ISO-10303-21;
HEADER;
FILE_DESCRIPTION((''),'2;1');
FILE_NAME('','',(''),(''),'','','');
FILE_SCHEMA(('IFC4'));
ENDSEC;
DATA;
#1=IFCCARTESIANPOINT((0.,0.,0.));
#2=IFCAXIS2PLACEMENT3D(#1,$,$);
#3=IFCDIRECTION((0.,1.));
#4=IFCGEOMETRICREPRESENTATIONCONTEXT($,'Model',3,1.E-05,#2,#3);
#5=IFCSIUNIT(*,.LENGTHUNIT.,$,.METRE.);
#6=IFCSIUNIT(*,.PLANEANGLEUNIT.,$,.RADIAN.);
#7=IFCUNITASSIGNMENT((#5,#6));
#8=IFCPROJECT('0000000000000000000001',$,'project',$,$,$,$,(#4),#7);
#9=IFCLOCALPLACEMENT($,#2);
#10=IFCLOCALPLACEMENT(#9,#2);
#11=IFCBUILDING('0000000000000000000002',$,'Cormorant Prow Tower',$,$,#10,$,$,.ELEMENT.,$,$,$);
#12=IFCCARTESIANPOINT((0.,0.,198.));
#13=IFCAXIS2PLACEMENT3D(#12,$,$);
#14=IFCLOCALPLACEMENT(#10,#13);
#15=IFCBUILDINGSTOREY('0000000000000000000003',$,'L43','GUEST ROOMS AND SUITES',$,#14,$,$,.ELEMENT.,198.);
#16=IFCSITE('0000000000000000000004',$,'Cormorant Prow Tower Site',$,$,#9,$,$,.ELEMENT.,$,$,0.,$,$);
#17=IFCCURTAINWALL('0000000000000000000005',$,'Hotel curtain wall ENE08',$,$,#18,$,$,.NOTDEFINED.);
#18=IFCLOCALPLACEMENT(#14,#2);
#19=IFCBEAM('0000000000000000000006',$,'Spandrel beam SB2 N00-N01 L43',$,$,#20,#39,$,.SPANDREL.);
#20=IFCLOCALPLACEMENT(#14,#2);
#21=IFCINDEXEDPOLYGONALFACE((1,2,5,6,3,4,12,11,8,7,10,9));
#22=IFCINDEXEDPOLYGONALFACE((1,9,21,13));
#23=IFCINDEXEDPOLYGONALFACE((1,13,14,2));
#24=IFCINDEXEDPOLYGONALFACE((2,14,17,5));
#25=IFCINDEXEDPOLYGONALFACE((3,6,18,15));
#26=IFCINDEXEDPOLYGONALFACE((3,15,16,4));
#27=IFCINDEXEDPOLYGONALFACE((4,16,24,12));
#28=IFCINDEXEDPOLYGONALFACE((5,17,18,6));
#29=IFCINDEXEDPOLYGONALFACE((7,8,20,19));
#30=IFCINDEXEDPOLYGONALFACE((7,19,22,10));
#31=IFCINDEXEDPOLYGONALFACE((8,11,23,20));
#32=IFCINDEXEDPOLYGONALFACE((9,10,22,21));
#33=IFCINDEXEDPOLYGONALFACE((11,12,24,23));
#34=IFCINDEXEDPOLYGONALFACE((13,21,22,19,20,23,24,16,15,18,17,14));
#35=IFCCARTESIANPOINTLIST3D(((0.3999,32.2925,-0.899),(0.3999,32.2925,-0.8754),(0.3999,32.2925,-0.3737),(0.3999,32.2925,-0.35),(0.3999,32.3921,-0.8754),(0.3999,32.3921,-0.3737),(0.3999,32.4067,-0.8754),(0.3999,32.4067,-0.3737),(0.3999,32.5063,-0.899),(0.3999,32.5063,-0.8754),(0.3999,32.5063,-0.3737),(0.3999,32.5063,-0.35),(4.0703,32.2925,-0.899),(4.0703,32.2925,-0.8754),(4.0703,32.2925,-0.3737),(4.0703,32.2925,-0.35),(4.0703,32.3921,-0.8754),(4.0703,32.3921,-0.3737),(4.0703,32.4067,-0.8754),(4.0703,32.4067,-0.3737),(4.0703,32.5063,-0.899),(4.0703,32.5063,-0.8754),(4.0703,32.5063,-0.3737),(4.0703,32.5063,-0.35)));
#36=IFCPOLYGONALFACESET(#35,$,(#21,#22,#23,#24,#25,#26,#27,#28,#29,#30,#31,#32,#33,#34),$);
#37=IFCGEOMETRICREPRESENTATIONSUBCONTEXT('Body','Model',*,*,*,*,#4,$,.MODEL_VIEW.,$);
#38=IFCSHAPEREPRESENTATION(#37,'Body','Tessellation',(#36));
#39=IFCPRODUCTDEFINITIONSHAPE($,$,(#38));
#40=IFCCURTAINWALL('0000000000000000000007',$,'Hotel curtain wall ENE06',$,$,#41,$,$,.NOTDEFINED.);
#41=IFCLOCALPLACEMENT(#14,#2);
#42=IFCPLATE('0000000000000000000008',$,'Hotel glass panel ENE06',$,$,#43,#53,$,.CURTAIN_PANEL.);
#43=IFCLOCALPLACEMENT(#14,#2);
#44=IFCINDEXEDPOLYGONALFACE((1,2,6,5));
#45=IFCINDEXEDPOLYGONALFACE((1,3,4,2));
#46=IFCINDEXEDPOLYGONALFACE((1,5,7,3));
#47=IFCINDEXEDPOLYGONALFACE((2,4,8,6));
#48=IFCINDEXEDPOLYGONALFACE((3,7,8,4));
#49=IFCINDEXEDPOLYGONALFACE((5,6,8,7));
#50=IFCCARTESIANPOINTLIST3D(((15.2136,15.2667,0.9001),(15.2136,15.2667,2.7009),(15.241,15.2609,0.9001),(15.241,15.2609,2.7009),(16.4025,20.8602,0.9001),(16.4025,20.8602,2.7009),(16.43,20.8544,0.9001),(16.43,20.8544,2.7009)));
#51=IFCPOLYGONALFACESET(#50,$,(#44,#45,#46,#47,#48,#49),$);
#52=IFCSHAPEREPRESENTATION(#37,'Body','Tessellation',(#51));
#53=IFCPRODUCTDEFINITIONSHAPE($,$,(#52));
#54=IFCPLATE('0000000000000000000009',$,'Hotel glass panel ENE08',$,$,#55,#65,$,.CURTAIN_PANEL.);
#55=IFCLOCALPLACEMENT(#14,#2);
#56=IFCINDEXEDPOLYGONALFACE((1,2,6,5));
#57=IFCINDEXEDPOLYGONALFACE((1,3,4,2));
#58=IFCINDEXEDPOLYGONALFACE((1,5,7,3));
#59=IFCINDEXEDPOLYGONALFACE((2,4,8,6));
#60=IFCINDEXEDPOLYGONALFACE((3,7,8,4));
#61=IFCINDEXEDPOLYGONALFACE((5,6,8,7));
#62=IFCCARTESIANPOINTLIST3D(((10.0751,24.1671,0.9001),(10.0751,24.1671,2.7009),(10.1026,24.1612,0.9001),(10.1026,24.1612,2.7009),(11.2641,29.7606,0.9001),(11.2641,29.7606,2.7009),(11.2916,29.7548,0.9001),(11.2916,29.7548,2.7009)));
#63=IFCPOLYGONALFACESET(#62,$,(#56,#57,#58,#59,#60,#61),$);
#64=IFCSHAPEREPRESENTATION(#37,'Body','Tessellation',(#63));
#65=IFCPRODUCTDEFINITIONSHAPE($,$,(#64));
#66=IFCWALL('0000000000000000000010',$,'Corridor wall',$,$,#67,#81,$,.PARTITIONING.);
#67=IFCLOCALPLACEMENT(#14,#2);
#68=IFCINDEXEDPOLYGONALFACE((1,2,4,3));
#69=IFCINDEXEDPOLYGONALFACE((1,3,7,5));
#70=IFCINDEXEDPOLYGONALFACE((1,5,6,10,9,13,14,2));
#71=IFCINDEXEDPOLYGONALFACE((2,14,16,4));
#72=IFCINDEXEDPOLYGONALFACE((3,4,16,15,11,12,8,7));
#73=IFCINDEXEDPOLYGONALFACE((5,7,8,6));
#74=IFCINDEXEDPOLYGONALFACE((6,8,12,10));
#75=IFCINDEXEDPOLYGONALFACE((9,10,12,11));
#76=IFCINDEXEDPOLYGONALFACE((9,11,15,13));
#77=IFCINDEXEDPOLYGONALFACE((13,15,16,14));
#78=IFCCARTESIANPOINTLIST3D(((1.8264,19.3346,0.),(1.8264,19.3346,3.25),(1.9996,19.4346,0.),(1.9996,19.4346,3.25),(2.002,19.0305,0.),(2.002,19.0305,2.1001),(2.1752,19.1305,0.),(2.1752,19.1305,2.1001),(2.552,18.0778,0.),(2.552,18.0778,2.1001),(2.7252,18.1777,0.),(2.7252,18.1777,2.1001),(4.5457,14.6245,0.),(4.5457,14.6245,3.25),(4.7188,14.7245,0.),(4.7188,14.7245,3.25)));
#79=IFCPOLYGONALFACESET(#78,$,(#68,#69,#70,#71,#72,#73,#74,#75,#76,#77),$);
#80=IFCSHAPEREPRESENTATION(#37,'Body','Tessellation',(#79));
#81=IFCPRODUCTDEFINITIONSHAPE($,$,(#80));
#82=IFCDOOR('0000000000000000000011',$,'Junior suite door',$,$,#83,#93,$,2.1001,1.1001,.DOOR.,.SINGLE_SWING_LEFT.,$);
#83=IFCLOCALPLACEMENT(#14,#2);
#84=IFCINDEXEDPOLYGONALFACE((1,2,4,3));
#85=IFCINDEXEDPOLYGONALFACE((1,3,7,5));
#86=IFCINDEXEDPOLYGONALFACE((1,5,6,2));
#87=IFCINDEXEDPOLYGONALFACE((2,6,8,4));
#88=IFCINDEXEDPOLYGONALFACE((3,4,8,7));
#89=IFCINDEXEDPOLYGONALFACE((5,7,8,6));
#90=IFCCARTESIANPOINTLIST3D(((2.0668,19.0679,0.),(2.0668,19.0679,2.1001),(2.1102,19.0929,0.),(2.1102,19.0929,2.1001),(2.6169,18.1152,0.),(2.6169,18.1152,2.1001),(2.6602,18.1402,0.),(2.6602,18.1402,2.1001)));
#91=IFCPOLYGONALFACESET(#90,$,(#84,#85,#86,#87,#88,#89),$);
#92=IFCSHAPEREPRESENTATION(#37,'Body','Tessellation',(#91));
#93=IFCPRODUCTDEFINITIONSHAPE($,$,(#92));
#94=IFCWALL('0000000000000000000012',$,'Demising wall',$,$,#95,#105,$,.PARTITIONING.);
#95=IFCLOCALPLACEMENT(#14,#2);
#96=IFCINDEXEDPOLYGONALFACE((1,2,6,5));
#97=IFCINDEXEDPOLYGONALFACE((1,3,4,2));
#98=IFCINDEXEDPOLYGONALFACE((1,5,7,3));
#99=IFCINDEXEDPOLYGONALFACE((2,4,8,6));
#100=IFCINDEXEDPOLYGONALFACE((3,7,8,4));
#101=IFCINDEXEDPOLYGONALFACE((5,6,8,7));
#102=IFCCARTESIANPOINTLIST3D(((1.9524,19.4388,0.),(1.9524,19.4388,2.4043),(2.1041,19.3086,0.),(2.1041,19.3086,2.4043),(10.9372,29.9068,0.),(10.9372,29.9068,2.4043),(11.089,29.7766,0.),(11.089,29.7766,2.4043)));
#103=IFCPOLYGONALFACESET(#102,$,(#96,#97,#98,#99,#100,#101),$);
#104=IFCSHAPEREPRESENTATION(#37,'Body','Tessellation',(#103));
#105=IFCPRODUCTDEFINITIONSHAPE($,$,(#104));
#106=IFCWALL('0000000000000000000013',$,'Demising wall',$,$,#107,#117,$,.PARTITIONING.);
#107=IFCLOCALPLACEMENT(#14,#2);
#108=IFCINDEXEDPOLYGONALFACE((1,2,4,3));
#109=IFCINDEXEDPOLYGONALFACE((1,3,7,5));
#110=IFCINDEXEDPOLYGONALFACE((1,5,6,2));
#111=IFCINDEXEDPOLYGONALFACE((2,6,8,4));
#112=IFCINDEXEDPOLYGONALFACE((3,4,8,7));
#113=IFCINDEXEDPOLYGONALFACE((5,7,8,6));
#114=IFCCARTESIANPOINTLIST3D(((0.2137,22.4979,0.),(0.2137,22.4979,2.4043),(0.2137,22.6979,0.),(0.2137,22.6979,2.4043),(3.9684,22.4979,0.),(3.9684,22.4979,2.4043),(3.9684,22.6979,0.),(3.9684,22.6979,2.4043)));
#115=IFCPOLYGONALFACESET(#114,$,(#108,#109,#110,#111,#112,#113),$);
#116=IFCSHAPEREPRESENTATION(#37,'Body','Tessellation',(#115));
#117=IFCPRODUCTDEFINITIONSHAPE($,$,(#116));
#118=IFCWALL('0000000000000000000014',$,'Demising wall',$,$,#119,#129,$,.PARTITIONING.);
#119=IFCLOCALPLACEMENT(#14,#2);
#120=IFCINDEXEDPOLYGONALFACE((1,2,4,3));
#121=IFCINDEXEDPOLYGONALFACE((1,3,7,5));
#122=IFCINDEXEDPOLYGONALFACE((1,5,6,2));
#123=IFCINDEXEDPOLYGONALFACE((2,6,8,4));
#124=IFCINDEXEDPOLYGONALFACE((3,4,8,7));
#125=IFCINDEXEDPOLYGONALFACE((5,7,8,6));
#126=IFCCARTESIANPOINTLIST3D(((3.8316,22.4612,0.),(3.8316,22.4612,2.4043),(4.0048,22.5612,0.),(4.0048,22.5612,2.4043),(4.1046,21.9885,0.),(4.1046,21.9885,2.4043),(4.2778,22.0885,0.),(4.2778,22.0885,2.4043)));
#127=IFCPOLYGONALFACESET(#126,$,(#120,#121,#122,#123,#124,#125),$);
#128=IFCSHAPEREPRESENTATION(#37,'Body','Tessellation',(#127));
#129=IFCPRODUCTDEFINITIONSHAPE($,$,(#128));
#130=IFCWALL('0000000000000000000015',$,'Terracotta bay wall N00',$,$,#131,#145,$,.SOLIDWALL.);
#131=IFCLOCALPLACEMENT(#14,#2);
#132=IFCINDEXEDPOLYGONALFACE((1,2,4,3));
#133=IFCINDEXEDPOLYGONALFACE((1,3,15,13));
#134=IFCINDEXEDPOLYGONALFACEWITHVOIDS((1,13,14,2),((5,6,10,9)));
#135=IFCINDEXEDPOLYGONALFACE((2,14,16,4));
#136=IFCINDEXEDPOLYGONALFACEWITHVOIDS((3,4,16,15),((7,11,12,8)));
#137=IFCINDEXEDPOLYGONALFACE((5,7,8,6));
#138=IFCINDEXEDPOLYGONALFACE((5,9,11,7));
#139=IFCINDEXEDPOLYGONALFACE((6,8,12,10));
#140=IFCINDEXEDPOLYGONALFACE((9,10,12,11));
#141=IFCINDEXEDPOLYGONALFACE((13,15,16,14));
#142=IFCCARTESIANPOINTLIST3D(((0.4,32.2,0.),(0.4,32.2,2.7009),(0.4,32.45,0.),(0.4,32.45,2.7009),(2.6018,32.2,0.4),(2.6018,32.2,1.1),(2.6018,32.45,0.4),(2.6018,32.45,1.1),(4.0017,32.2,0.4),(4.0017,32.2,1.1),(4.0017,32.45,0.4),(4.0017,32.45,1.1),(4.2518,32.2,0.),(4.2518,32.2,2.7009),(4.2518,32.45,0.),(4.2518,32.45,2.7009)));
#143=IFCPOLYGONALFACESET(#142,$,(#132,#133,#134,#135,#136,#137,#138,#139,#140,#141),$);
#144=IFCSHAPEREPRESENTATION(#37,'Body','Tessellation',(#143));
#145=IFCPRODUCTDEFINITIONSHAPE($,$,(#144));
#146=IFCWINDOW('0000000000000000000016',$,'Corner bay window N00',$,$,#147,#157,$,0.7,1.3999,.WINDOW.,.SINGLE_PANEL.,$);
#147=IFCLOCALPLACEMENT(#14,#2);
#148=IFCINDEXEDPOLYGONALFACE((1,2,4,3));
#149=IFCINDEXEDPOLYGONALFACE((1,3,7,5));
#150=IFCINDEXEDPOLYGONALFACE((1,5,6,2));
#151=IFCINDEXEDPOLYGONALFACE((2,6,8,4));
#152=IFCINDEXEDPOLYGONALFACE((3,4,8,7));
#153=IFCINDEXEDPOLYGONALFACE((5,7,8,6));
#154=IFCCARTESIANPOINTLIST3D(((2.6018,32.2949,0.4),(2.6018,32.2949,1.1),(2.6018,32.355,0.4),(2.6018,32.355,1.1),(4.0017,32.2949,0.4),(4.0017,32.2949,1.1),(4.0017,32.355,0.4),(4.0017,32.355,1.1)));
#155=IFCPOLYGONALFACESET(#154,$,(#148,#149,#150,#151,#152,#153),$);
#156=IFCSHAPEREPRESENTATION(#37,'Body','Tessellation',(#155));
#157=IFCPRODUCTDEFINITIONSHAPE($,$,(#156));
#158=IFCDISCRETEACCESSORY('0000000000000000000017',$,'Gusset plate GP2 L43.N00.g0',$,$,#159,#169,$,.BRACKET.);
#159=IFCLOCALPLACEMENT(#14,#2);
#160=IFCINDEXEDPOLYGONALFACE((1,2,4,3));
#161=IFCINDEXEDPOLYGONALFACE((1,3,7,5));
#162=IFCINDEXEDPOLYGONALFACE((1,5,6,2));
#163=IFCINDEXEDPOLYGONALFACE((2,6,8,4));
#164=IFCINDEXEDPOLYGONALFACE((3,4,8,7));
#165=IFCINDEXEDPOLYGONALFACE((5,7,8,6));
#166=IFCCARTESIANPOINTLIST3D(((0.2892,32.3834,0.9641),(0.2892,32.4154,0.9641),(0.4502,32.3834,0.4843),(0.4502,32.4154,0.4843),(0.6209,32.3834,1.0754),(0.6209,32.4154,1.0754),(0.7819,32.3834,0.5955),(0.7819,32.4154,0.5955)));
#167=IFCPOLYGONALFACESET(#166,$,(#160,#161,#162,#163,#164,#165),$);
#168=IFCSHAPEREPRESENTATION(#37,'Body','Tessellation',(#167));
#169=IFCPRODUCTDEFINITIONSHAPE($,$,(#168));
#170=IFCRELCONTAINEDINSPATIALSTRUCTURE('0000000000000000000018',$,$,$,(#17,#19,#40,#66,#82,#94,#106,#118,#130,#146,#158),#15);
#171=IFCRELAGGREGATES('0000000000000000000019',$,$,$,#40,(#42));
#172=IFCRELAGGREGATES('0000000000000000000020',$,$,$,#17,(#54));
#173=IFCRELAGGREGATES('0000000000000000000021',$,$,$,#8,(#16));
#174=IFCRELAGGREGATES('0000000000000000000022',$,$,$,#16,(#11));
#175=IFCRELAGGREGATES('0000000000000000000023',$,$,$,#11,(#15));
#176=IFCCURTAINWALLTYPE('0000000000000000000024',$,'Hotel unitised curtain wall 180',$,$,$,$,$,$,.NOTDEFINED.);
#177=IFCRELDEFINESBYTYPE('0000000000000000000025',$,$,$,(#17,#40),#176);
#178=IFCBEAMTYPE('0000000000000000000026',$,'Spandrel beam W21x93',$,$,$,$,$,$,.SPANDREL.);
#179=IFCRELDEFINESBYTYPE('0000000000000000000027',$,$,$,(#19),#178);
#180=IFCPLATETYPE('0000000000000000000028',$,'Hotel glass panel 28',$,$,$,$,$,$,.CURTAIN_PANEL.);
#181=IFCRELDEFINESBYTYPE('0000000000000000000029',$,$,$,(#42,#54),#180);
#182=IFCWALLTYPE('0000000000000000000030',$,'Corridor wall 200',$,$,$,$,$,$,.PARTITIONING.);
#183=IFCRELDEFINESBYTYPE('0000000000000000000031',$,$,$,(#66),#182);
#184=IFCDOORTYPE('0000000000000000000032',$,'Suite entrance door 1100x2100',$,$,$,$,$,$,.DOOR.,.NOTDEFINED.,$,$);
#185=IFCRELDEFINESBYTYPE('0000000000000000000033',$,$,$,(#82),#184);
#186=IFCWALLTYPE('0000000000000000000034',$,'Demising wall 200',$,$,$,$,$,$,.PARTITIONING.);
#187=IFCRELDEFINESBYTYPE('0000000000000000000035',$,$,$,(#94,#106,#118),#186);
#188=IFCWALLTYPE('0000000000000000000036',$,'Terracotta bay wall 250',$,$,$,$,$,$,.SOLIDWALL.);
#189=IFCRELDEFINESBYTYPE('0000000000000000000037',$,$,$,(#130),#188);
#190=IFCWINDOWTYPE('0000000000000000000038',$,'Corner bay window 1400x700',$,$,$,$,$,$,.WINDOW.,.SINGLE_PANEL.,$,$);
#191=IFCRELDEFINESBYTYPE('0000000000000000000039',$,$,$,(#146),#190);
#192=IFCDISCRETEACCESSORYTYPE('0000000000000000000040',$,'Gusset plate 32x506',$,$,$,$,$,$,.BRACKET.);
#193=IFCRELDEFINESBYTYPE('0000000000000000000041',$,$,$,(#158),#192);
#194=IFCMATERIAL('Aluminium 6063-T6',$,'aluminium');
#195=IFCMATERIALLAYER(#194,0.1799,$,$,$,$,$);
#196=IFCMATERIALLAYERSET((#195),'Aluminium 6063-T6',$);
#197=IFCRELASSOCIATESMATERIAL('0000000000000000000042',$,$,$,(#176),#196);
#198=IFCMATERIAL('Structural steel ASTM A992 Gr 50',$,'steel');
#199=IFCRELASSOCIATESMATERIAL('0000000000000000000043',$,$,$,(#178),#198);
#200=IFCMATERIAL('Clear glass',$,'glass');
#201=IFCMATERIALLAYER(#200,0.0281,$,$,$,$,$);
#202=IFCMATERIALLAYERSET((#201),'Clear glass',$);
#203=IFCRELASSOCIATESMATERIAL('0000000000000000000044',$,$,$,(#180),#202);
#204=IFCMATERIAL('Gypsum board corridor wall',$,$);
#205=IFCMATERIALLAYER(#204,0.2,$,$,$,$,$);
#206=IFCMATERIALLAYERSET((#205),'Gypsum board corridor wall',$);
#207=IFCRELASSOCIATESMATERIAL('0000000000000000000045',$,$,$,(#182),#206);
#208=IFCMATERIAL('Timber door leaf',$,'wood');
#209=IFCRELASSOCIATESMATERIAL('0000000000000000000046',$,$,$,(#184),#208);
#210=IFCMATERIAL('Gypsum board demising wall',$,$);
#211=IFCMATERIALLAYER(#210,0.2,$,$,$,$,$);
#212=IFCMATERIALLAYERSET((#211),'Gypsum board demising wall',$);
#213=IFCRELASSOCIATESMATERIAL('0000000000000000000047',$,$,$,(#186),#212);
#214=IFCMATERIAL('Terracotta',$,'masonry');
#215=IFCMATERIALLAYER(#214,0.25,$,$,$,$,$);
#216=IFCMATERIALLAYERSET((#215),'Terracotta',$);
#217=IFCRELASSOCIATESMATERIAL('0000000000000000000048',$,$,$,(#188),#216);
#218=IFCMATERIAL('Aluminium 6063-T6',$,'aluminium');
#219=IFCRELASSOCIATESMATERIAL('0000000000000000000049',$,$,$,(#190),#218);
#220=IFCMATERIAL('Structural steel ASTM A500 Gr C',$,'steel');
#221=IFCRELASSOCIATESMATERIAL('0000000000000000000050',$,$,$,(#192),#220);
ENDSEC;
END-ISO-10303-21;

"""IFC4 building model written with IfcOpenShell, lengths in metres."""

from ifc_helpers import new_model, si_unit, direction, frame, frame_2d, origin, origin_2d, place, context, subcontext, project, spatial, rectangle, i_section, extrude, material, layer, layer_set, material_profile, profile_set, type_object, element, fill, aggregate, save


model = new_model("IFC4")

# Units and contexts
model_context = context("Model", 3, precision=1e-05, world=origin(), true_north=direction((0.0, 1.0)))
body_context = subcontext(model_context, "Body", "Model", "MODEL_VIEW")
ifc_project = project(units=[si_unit("LENGTHUNIT", "METRE"), si_unit("PLANEANGLEUNIT", "RADIAN")], contexts=[model_context])

# Site, building, storey
site_placement = place(None, origin())
site = spatial("IfcSite", under=ifc_project, at=site_placement, Name="Cormorant Prow Tower Site", CompositionType="ELEMENT", RefElevation=0.0)
building_placement = place(site_placement, origin())
building = spatial("IfcBuilding", under=site, at=building_placement, Name="Cormorant Prow Tower", CompositionType="ELEMENT")
storey_placement = place(building_placement, frame((0.0, 0.0, 198.0)))
storey = spatial("IfcBuildingStorey", under=building, at=storey_placement, Name="L43", Description="GUEST ROOMS AND SUITES", CompositionType="ELEMENT", Elevation=198.0)

# Curtain wall
ifc_material_1 = material(Name="Aluminium 6063-T6", Category="aluminium")
ifc_layer_1 = layer(ifc_material_1, 0.1799)
ifc_layer_set_1 = layer_set([ifc_layer_1], Name="Aluminium 6063-T6")
curtain_wall_type = type_object("IfcCurtainWallType", Name="Hotel unitised curtain wall 180", PredefinedType="NOTDEFINED", material=ifc_layer_set_1)
curtain_wall_1_placement = place(storey_placement, origin())
curtain_wall_1 = element("IfcCurtainWall", 1, at=curtain_wall_1_placement, inside=storey, type_object=curtain_wall_type, Name="Hotel curtain wall ENE08", PredefinedType="NOTDEFINED")

# Beam
ifc_material_2 = material(Name="Structural steel ASTM A992 Gr 50", Category="steel")
ifc_material_profile_1 = material_profile(ifc_material_2, i_section(OverallWidth=0.2139, OverallDepth=0.5491, WebThickness=0.0146, FlangeThickness=0.0237, at=origin_2d()), Name="W21x93")
ifc_profile_set_1 = profile_set([ifc_material_profile_1], Name="Structural steel ASTM A992 Gr 50")
beam_type = type_object("IfcBeamType", Name="Spandrel beam W21x93", PredefinedType="SPANDREL", material=ifc_profile_set_1)
beam_1_placement = place(storey_placement, frame((4.0703, 32.3994, -0.6245), z_axis=(-1.0, 0.0, 0.0), x_axis=(0.0, -1.0, 0.0)))
element("IfcBeam", 2, at=beam_1_placement, inside=storey, type_object=beam_type, Name="Spandrel beam SB2 N00-N01 L43", PredefinedType="SPANDREL", context=body_context, shape_type="SweptSolid", body=[
    extrude(i_section(OverallWidth=0.2139, OverallDepth=0.5491, WebThickness=0.0146, FlangeThickness=0.0237, at=origin_2d()), origin(), (0.0, 0.0, 1.0), 3.6704),
])

# Curtain wall, plate
curtain_wall_2_placement = place(storey_placement, origin())
curtain_wall_2 = element("IfcCurtainWall", 3, at=curtain_wall_2_placement, inside=storey, type_object=curtain_wall_type, Name="Hotel curtain wall ENE06", PredefinedType="NOTDEFINED")
ifc_material_3 = material(Name="Clear glass", Category="glass")
ifc_layer_2 = layer(ifc_material_3, 0.0281)
ifc_layer_set_2 = layer_set([ifc_layer_2], Name="Clear glass")
plate_type = type_object("IfcPlateType", Name="Hotel glass panel 28", PredefinedType="CURTAIN_PANEL", material=ifc_layer_set_2)
plate_1_placement = place(storey_placement, frame((15.8218, 18.0605, 0.9001), z_axis=(0.0, 0.0, 1.0), x_axis=(0.207912, 0.978148, 0.0)))
plate_1 = element("IfcPlate", 4, at=plate_1_placement, type_object=plate_type, Name="Hotel glass panel ENE06", PredefinedType="CURTAIN_PANEL", context=body_context, shape_type="SweptSolid", body=[
    extrude(rectangle(XDim=5.7185, YDim=0.0281, at=origin_2d()), origin(), (0.0, 0.0, 1.0), 1.8008),
])
aggregate(curtain_wall_2, [plate_1])

# Plate
plate_2_placement = place(storey_placement, frame((10.6833, 26.9609, 0.9001), z_axis=(0.0, 0.0, 1.0), x_axis=(0.207912, 0.978148, 0.0)))
plate_2 = element("IfcPlate", 5, at=plate_2_placement, type_object=plate_type, Name="Hotel glass panel ENE08", PredefinedType="CURTAIN_PANEL", context=body_context, shape_type="SweptSolid", body=[
    extrude(rectangle(XDim=5.7185, YDim=0.0281, at=origin_2d()), origin(), (0.0, 0.0, 1.0), 1.8008),
])
aggregate(curtain_wall_1, [plate_2])

# Wall, opening, door
ifc_material_4 = material(Name="Gypsum board corridor wall")
ifc_layer_3 = layer(ifc_material_4, 0.2)
ifc_layer_set_3 = layer_set([ifc_layer_3], Name="Gypsum board corridor wall")
wall_type_1 = type_object("IfcWallType", Name="Corridor wall 200", PredefinedType="PARTITIONING", material=ifc_layer_set_3)
wall_1_placement = place(storey_placement, frame((1.9131, 19.3845, 0.0), z_axis=(0.0, 0.0, 1.0), x_axis=(0.499972, -0.866041, 0.0)))
wall_1 = element("IfcWall", 6, at=wall_1_placement, inside=storey, type_object=wall_type_1, Name="Corridor wall", PredefinedType="PARTITIONING", context=body_context, shape_type="SweptSolid", body=[
    extrude(rectangle(XDim=5.4387, YDim=0.2, at=frame_2d((2.7192, 0.0))), origin(), (0.0, 0.0, 1.0), 3.25),
])
opening_1_placement = place(wall_1_placement, frame((0.3511, 0.0, 0.0)))
opening_1 = element("IfcOpeningElement", 7, at=opening_1_placement, cuts=wall_1, PredefinedType="OPENING", context=body_context, shape_type="SweptSolid", body=[
    extrude(rectangle(XDim=1.1001, YDim=2.1001, at=frame_2d((0.55, 1.05))), frame((0.0, 0.1099, 0.0), z_axis=(0.0, -1.0, 0.0), x_axis=(1.0, 0.0, 0.0)), (0.0, 0.0, 1.0), 0.22),
])
ifc_material_5 = material(Name="Timber door leaf", Category="wood")
door_type_1 = type_object("IfcDoorType", Name="Suite entrance door 1100x2100", OperationType="NOTDEFINED", PredefinedType="DOOR", material=ifc_material_5)
door_1_placement = place(opening_1_placement, origin())
door_1 = element("IfcDoor", 8, at=door_1_placement, inside=storey, type_object=door_type_1, Name="Junior suite door", OperationType="SINGLE_SWING_LEFT", OverallHeight=2.1001, OverallWidth=1.1001, PredefinedType="DOOR", context=body_context, shape_type="SweptSolid", body=[
    extrude(rectangle(XDim=1.1001, YDim=2.1001, at=frame_2d((0.55, 1.05))), frame((0.0, 0.0249, 0.0), z_axis=(0.0, -1.0, 0.0), x_axis=(1.0, 0.0, 0.0)), (0.0, 0.0, 1.0), 0.05),
])
fill(opening_1, door_1)

# Walls
ifc_material_6 = material(Name="Gypsum board demising wall")
ifc_layer_4 = layer(ifc_material_6, 0.2)
ifc_layer_set_4 = layer_set([ifc_layer_4], Name="Gypsum board demising wall")
wall_type_2 = type_object("IfcWallType", Name="Demising wall 200", PredefinedType="PARTITIONING", material=ifc_layer_set_4)
wall_2_placement = place(storey_placement, frame((2.0283, 19.3738, 0.0), z_axis=(0.0, 0.0, 1.0), x_axis=(0.651304, 0.758817, 0.0)))
element("IfcWall", 9, at=wall_2_placement, inside=storey, type_object=wall_type_2, Name="Demising wall", PredefinedType="PARTITIONING", context=body_context, shape_type="SweptSolid", body=[
    extrude(rectangle(XDim=13.7952, YDim=0.2, at=frame_2d((6.8975, 0.0))), origin(), (0.0, 0.0, 1.0), 2.4043),
])
wall_3_placement = place(storey_placement, frame((0.2136, 22.5979, 0.0), z_axis=(0.0, 0.0, 1.0), x_axis=(1.0, 0.0, 0.0)))
element("IfcWall", 10, at=wall_3_placement, inside=storey, type_object=wall_type_2, Name="Demising wall", PredefinedType="PARTITIONING", context=body_context, shape_type="SweptSolid", body=[
    extrude(rectangle(XDim=3.7546, YDim=0.2, at=frame_2d((1.8774, 0.0))), origin(), (0.0, 0.0, 1.0), 2.4043),
])
wall_4_placement = place(storey_placement, frame((3.9182, 22.5112, 0.0), z_axis=(0.0, 0.0, 1.0), x_axis=(0.500084, -0.865977, 0.0)))
element("IfcWall", 11, at=wall_4_placement, inside=storey, type_object=wall_type_2, Name="Demising wall", PredefinedType="PARTITIONING", context=body_context, shape_type="SweptSolid", body=[
    extrude(rectangle(XDim=0.5459, YDim=0.2, at=frame_2d((0.2729, 0.0))), origin(), (0.0, 0.0, 1.0), 2.4043),
])

# Wall, opening, window
ifc_material_7 = material(Name="Terracotta", Category="masonry")
ifc_layer_5 = layer(ifc_material_7, 0.25)
ifc_layer_set_5 = layer_set([ifc_layer_5], Name="Terracotta")
wall_type_3 = type_object("IfcWallType", Name="Terracotta bay wall 250", PredefinedType="SOLIDWALL", material=ifc_layer_set_5)
wall_5_placement = place(storey_placement, frame((4.2517, 32.325, 0.0), z_axis=(0.0, 0.0, 1.0), x_axis=(-1.0, 0.0, 0.0)))
wall_5 = element("IfcWall", 12, at=wall_5_placement, inside=storey, type_object=wall_type_3, Name="Terracotta bay wall N00", PredefinedType="SOLIDWALL", context=body_context, shape_type="SweptSolid", body=[
    extrude(rectangle(XDim=3.8518, YDim=0.25, at=frame_2d((1.9258, 0.0))), origin(), (0.0, 0.0, 1.0), 2.7009),
])
opening_2_placement = place(wall_5_placement, frame((0.25, 0.0, 0.3999)))
opening_2 = element("IfcOpeningElement", 13, at=opening_2_placement, cuts=wall_5, PredefinedType="OPENING", context=body_context, shape_type="SweptSolid", body=[
    extrude(rectangle(XDim=1.3999, YDim=0.7, at=frame_2d((0.7, 0.3501))), frame((0.0, 0.135, 0.0), z_axis=(0.0, -1.0, 0.0), x_axis=(1.0, 0.0, 0.0)), (0.0, 0.0, 1.0), 0.27),
])
ifc_material_8 = material(Name="Aluminium 6063-T6", Category="aluminium")
window_type = type_object("IfcWindowType", Name="Corner bay window 1400x700", PartitioningType="SINGLE_PANEL", PredefinedType="WINDOW", material=ifc_material_8)
window_placement = place(opening_2_placement, origin())
window = element("IfcWindow", 14, at=window_placement, inside=storey, type_object=window_type, Name="Corner bay window N00", OverallHeight=0.7, OverallWidth=1.3999, PartitioningType="SINGLE_PANEL", PredefinedType="WINDOW", context=body_context, shape_type="SweptSolid", body=[
    extrude(rectangle(XDim=1.3999, YDim=0.7, at=frame_2d((0.7, 0.3501))), frame((0.0, 0.03, 0.0), z_axis=(0.0, -1.0, 0.0), x_axis=(1.0, 0.0, 0.0)), (0.0, 0.0, 1.0), 0.0601),
])
fill(opening_2, window)

# Discrete accessory
ifc_material_9 = material(Name="Structural steel ASTM A500 Gr C", Category="steel")
ifc_material_profile_2 = material_profile(ifc_material_9, rectangle(XDim=0.032, YDim=0.5061, at=origin_2d()), Name="Gusset plate 32x506")
ifc_profile_set_2 = profile_set([ifc_material_profile_2], Name="Structural steel ASTM A500 Gr C")
discrete_accessory_type = type_object("IfcDiscreteAccessoryType", Name="Gusset plate 32x506", PredefinedType="BRACKET", material=ifc_profile_set_2)
for number, where, z_axis, x_axis, name in (
    (15, (0.7014, 32.3994, 0.8354), (-0.948054, 0.0, -0.318111), (0.0, -1.0, 0.0), "Gusset plate GP2 L43.N00.g0"),
):
    element("IfcDiscreteAccessory", number, at=place(storey_placement, frame(where, z_axis=z_axis, x_axis=x_axis)), inside=storey, type_object=discrete_accessory_type, Name=name, PredefinedType="BRACKET", context=body_context, shape_type="SweptSolid", body=[
        extrude(rectangle(XDim=0.032, YDim=0.5061, at=origin_2d()), origin(), (0.0, 0.0, 1.0), 0.3499),
    ])

save(model, "model.ifc")
